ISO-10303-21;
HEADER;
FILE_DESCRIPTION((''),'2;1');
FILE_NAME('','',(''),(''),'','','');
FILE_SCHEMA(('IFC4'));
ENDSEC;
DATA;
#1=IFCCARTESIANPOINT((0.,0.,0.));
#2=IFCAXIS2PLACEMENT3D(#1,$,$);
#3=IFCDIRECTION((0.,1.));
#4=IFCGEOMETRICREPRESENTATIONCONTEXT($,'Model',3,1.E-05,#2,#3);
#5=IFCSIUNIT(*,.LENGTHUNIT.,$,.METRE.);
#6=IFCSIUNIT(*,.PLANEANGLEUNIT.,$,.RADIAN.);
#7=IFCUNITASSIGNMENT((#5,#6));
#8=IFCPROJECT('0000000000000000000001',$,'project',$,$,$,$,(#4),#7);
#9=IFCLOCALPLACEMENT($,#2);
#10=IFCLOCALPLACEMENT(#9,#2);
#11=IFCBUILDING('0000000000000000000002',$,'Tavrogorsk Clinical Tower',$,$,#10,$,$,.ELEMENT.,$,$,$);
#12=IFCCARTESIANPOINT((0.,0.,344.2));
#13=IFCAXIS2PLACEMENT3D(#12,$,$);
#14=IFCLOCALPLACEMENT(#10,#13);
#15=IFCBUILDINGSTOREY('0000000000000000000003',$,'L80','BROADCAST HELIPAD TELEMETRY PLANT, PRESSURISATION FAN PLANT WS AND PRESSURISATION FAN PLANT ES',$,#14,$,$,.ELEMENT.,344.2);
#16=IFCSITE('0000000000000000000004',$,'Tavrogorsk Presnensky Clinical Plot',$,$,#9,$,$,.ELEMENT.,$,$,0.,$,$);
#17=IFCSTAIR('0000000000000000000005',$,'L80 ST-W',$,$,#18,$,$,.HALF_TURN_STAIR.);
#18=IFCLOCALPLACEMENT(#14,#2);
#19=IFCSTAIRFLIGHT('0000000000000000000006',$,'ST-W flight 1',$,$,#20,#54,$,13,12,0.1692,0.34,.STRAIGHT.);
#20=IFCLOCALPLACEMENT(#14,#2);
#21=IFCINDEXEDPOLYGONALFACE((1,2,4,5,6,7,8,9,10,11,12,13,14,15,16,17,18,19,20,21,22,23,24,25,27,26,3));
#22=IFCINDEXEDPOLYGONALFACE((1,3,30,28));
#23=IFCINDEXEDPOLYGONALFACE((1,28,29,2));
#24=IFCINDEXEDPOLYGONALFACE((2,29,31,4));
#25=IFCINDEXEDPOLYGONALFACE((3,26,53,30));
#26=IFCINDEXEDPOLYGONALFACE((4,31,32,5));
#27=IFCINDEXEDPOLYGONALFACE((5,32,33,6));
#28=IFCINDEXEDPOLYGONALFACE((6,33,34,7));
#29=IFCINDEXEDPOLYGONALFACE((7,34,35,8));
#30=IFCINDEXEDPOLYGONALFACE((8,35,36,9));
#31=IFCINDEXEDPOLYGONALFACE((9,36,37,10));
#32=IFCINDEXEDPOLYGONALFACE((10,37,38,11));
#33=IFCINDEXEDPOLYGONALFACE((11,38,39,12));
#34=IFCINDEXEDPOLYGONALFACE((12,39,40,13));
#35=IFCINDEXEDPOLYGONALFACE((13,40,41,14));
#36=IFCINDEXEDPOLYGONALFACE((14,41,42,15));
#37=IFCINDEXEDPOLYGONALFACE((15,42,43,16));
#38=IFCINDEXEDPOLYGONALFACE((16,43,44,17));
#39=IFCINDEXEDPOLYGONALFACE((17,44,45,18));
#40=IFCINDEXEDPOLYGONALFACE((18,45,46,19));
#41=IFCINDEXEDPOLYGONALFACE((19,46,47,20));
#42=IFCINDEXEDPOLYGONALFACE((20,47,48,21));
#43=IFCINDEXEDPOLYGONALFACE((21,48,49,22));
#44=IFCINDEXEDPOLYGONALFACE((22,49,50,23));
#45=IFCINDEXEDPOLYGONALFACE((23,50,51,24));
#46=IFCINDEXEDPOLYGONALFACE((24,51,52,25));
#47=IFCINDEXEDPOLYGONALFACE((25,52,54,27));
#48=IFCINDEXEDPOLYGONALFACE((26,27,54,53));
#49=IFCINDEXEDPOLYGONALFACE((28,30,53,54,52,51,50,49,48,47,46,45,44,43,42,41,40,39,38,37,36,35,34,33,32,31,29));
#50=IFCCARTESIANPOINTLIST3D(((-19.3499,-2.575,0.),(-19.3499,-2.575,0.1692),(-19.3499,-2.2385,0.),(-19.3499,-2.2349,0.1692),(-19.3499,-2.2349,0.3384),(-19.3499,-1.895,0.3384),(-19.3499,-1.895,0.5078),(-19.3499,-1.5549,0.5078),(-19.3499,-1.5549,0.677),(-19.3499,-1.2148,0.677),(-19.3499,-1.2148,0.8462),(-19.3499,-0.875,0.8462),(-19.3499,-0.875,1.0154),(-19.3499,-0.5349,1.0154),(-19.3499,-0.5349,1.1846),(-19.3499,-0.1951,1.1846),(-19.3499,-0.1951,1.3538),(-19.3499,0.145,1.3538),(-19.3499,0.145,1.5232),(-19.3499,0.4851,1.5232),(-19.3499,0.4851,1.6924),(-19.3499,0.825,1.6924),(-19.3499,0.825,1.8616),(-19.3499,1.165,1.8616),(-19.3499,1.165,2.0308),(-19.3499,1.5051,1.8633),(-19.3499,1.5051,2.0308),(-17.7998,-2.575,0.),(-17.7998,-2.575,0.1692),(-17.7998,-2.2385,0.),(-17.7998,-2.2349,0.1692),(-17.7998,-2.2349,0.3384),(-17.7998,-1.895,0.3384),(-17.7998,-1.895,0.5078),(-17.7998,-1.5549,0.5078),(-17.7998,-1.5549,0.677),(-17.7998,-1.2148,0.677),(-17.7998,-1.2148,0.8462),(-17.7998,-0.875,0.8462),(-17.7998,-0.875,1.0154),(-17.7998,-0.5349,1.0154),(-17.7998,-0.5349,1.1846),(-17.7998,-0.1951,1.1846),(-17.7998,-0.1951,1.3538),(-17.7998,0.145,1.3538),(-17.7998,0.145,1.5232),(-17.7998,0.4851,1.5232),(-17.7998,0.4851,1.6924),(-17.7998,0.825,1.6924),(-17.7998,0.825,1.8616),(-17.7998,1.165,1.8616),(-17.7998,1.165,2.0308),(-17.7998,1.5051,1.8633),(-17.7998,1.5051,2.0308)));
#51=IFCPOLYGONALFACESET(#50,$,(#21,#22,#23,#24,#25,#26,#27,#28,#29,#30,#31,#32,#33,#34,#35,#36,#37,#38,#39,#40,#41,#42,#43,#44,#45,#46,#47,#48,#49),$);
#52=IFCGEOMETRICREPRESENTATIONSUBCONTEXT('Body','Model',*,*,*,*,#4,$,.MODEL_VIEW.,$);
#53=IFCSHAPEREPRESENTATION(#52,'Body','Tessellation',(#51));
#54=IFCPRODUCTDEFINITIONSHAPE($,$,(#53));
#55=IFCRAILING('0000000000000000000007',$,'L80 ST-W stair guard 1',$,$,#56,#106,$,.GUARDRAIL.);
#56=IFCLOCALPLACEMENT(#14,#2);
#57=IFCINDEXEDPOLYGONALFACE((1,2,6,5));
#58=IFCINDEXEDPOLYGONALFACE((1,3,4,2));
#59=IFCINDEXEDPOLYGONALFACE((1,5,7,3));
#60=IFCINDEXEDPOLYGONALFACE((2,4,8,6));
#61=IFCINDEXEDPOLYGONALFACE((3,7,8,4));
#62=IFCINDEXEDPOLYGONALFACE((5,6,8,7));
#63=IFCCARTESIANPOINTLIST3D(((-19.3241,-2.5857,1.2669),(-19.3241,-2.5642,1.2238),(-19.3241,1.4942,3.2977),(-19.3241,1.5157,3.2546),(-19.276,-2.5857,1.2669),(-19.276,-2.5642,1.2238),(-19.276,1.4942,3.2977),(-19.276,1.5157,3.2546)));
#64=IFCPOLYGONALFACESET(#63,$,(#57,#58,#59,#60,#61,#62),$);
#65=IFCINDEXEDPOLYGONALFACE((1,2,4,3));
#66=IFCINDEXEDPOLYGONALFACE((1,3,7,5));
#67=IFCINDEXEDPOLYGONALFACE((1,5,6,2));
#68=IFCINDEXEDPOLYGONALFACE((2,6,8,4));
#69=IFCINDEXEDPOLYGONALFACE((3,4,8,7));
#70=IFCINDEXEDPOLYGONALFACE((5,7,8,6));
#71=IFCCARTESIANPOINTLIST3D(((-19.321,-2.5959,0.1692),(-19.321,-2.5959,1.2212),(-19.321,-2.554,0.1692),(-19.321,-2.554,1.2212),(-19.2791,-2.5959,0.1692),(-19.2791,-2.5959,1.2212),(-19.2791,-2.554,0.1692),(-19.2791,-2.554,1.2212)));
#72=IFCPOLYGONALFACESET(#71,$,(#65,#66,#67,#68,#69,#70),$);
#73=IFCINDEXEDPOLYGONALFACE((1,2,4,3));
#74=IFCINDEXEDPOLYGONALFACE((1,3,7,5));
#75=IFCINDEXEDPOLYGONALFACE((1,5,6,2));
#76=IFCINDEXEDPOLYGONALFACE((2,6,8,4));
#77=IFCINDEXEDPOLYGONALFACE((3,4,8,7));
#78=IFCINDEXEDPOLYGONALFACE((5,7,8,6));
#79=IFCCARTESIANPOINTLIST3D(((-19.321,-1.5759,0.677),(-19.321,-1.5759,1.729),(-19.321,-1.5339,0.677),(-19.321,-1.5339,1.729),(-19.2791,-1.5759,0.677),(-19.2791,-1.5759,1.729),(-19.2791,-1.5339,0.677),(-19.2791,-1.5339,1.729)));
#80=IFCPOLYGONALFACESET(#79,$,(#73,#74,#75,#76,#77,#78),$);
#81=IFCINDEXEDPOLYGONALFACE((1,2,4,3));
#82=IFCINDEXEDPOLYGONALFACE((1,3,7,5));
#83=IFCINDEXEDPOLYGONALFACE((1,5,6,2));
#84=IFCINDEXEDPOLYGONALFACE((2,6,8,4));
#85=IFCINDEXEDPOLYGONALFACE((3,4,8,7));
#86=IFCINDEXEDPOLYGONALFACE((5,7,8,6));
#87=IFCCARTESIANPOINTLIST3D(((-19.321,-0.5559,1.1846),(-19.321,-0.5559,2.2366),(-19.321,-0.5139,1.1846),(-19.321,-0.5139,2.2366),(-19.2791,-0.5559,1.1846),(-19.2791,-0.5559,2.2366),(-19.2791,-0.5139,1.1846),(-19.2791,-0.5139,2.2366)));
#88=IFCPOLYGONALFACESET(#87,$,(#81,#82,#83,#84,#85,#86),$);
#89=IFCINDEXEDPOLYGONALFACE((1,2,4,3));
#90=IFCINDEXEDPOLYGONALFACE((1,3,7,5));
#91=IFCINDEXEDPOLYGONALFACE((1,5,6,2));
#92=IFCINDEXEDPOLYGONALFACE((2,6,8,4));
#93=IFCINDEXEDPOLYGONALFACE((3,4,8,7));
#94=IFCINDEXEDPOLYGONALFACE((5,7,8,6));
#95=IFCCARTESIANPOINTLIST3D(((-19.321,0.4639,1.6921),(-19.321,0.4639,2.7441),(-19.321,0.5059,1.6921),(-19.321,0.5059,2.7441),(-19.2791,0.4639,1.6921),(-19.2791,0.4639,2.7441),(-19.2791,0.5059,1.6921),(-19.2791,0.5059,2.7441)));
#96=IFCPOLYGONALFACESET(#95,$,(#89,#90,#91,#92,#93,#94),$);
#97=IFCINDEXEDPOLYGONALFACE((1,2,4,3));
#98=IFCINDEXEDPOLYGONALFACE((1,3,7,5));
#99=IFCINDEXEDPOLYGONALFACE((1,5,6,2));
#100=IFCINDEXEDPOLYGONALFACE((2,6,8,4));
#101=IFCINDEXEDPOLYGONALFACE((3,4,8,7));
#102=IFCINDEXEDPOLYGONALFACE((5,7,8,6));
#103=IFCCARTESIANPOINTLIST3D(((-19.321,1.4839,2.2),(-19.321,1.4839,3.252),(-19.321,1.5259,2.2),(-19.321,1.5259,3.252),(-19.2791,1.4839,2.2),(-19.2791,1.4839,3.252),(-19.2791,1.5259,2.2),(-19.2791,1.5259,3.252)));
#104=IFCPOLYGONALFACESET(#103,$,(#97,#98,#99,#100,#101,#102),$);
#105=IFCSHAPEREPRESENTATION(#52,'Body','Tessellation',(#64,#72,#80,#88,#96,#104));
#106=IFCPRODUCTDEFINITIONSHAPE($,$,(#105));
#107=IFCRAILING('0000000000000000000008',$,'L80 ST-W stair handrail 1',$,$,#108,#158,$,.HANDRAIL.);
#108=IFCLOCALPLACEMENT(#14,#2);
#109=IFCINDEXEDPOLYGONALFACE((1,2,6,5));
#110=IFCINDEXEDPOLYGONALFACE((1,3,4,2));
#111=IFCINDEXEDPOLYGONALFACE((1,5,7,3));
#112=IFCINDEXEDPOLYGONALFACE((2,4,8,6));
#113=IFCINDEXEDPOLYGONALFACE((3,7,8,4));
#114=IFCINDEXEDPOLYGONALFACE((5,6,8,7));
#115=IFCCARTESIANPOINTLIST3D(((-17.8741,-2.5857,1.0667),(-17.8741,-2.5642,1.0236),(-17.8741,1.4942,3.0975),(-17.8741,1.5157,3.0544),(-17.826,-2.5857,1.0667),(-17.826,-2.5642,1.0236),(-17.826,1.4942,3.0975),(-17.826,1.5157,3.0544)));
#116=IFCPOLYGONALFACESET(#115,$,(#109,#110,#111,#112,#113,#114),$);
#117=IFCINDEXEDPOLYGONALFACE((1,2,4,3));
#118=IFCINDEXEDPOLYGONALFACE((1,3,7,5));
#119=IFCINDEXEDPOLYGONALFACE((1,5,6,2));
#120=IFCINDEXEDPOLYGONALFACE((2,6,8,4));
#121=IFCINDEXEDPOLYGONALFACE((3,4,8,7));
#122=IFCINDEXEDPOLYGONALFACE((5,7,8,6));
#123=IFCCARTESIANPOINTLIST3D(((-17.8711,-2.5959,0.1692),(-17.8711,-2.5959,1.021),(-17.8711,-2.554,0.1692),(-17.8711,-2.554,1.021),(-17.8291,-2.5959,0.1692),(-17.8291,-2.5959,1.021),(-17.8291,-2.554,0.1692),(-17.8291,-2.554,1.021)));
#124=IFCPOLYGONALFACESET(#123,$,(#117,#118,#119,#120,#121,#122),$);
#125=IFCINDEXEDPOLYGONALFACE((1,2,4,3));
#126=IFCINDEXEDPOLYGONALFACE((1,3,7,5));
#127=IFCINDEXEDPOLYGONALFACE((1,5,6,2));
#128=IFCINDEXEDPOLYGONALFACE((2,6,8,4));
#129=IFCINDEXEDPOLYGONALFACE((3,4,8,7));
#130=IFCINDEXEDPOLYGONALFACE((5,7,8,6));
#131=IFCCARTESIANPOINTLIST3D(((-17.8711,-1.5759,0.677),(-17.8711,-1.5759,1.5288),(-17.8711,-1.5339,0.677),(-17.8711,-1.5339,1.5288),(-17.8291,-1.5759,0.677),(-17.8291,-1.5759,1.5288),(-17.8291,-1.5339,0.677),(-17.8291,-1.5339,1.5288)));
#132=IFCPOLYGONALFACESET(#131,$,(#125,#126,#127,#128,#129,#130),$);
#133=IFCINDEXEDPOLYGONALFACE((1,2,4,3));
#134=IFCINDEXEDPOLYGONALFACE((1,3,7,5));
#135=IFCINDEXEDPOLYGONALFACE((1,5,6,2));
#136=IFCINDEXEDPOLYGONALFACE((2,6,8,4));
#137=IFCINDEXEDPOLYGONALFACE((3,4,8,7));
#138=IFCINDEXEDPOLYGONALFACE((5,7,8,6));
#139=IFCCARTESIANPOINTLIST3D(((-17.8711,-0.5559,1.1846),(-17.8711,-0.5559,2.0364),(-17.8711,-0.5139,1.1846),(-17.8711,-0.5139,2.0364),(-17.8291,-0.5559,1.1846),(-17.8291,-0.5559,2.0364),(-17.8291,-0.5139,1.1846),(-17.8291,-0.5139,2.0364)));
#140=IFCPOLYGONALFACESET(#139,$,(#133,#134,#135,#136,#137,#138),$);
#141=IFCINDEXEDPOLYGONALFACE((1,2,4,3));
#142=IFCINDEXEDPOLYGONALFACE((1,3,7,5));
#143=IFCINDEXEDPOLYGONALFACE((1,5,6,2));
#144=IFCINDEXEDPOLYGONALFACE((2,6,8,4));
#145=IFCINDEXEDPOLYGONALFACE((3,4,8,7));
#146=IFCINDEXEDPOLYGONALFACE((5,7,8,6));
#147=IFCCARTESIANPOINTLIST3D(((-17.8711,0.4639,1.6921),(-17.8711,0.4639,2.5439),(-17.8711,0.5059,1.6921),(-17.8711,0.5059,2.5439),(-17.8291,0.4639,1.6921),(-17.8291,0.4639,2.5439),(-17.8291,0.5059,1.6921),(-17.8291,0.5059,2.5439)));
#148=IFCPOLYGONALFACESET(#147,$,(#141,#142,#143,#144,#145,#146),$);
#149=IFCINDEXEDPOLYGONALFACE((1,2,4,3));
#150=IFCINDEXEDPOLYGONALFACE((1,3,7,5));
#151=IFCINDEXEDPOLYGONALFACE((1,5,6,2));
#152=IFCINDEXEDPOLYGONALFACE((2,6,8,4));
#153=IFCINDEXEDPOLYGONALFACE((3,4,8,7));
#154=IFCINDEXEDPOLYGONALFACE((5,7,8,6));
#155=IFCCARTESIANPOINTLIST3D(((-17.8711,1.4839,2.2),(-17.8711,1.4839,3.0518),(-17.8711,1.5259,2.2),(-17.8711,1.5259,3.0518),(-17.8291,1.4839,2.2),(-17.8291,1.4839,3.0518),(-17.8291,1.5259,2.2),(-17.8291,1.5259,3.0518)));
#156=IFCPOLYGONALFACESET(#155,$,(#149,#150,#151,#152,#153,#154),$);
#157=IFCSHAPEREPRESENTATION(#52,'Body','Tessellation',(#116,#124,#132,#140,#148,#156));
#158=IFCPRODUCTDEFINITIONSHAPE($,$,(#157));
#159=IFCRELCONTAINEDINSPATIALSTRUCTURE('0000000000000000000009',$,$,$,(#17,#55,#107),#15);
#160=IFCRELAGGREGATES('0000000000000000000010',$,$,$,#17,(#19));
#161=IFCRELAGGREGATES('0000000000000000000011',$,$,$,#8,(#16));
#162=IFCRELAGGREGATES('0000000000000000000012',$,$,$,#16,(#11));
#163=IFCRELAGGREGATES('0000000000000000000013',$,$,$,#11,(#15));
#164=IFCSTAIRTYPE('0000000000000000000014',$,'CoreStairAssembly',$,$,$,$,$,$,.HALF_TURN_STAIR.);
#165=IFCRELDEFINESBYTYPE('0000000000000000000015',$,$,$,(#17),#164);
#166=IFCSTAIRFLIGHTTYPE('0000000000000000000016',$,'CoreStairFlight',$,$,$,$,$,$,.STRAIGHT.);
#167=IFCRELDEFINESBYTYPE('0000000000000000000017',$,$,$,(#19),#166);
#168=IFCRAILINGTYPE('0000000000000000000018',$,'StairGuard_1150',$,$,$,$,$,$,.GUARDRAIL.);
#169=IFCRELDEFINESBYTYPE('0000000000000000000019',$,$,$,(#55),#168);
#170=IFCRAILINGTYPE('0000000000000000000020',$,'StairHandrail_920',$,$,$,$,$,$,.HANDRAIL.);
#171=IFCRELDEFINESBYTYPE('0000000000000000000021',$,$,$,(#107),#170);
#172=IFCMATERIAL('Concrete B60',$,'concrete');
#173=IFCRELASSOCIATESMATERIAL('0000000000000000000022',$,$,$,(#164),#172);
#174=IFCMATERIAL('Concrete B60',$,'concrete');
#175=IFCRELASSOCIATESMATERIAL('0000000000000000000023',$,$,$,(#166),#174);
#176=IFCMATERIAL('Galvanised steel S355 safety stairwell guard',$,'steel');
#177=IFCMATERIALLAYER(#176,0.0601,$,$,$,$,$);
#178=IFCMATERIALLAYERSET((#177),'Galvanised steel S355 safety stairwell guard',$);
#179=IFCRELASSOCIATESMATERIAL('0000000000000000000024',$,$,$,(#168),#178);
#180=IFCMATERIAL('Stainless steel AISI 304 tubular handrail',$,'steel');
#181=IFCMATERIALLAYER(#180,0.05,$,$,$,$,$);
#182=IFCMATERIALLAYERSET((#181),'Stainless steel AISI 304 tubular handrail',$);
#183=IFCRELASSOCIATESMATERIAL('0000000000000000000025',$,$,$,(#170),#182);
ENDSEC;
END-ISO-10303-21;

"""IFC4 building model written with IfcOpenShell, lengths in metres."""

from ifc_helpers import new_model, si_unit, direction, frame, origin, origin_2d, place, context, subcontext, project, spatial, polyline, rectangle, outline, extrude, material, layer, layer_set, type_object, element, aggregate, save


model = new_model("IFC4")

# Units and contexts
model_context = context("Model", 3, precision=1e-05, world=origin(), true_north=direction((0.0, 1.0)))
body_context = subcontext(model_context, "Body", "Model", "MODEL_VIEW")
ifc_project = project(units=[si_unit("LENGTHUNIT", "METRE"), si_unit("PLANEANGLEUNIT", "RADIAN")], contexts=[model_context])

# Site, building, storey
site_placement = place(None, origin())
site = spatial("IfcSite", under=ifc_project, at=site_placement, Name="Tavrogorsk Presnensky Clinical Plot", CompositionType="ELEMENT", RefElevation=0.0)
building_placement = place(site_placement, origin())
building = spatial("IfcBuilding", under=site, at=building_placement, Name="Tavrogorsk Clinical Tower", CompositionType="ELEMENT")
storey_placement = place(building_placement, frame((0.0, 0.0, 344.2)))
storey = spatial("IfcBuildingStorey", under=building, at=storey_placement, Name="L80", Description="BROADCAST HELIPAD TELEMETRY PLANT, PRESSURISATION FAN PLANT WS AND PRESSURISATION FAN PLANT ES", CompositionType="ELEMENT", Elevation=344.2)

# Stair, stair flight
ifc_material_1 = material(Name="Concrete B60", Category="concrete")
stair_type = type_object("IfcStairType", Name="CoreStairAssembly", PredefinedType="HALF_TURN_STAIR", material=ifc_material_1)
stair_placement = place(storey_placement, origin())
stair = element("IfcStair", 1, at=stair_placement, inside=storey, type_object=stair_type, Name="L80 ST-W", PredefinedType="HALF_TURN_STAIR")
ifc_material_2 = material(Name="Concrete B60", Category="concrete")
stair_flight_type = type_object("IfcStairFlightType", Name="CoreStairFlight", PredefinedType="STRAIGHT", material=ifc_material_2)
stair_flight_placement = place(storey_placement, frame((-18.575, -2.575, 0.0), z_axis=(0.0, 0.0, 1.0), x_axis=(0.0, 1.0, 0.0)))
stair_flight = element("IfcStairFlight", 2, at=stair_flight_placement, type_object=stair_flight_type, Name="ST-W flight 1", NumberOfRisers=13, NumberOfTreads=12, PredefinedType="STRAIGHT", RiserHeight=0.1692, TreadLength=0.34, context=body_context, shape_type="SweptSolid", body=[
    extrude(outline(polyline([(0.0, 0.0), (0.0, 0.1692), (0.3401, 0.1692), (0.3401, 0.3384), (0.6799, 0.3384), (0.6799, 0.5078), (1.02, 0.5078), (1.02, 0.677), (1.3601, 0.677), (1.3601, 0.8462), (1.7, 0.8462), (1.7, 1.0154), (2.04, 1.0154), (2.04, 1.1846), (2.3799, 1.1846), (2.3799, 1.3538), (2.72, 1.3538), (2.72, 1.5232), (3.0601, 1.5232), (3.0601, 1.6924), (3.3999, 1.6924), (3.3999, 1.8616), (3.74, 1.8616), (3.74, 2.0308), (4.0801, 2.0308), (4.0801, 2.2), (4.0801, 1.8633), (0.3364, 0.0), (0.0, 0.0)])), frame((0.0, 0.7749, 0.0), z_axis=(0.0, -1.0, 0.0), x_axis=(1.0, 0.0, 0.0)), (0.0, 0.0, 1.0), 1.55),
])
aggregate(stair, [stair_flight])

# Railings
ifc_material_3 = material(Name="Galvanised steel S355 safety stairwell guard", Category="steel")
ifc_layer_1 = layer(ifc_material_3, 0.0601)
ifc_layer_set_1 = layer_set([ifc_layer_1], Name="Galvanised steel S355 safety stairwell guard")
railing_type_1 = type_object("IfcRailingType", Name="StairGuard_1150", PredefinedType="GUARDRAIL", material=ifc_layer_set_1)
railing_1_placement = place(storey_placement, frame((-19.3, -2.575, 0.1692)))
element("IfcRailing", 3, at=railing_1_placement, inside=storey, type_object=railing_type_1, Name="L80 ST-W stair guard 1", PredefinedType="GUARDRAIL", context=body_context, shape_type="SweptSolid", body=[
    extrude(rectangle(XDim=0.0481, YDim=0.0481, at=origin_2d()), frame((0.0, 0.0, 1.0762), z_axis=(0.0, 0.895229, 0.445606), x_axis=(-1.0, 0.0, 0.0)), (0.0, 0.0, 1.0), 4.5574),
    extrude(rectangle(XDim=0.042, YDim=0.042, at=origin_2d()), origin(), (0.0, 0.0, 1.0), 1.052),
    extrude(rectangle(XDim=0.042, YDim=0.042, at=origin_2d()), frame((0.0, 1.02, 0.5078)), (0.0, 0.0, 1.0), 1.052),
    extrude(rectangle(XDim=0.042, YDim=0.042, at=origin_2d()), frame((0.0, 2.04, 1.0154)), (0.0, 0.0, 1.0), 1.052),
    extrude(rectangle(XDim=0.042, YDim=0.042, at=origin_2d()), frame((0.0, 3.0598, 1.5229)), (0.0, 0.0, 1.0), 1.052),
    extrude(rectangle(XDim=0.042, YDim=0.042, at=origin_2d()), frame((0.0, 4.0798, 2.0308)), (0.0, 0.0, 1.0), 1.052),
])
ifc_material_4 = material(Name="Stainless steel AISI 304 tubular handrail", Category="steel")
ifc_layer_2 = layer(ifc_material_4, 0.05)
ifc_layer_set_2 = layer_set([ifc_layer_2], Name="Stainless steel AISI 304 tubular handrail")
railing_type_2 = type_object("IfcRailingType", Name="StairHandrail_920", PredefinedType="HANDRAIL", material=ifc_layer_set_2)
railing_2_placement = place(storey_placement, frame((-17.8501, -2.575, 0.1692)))
element("IfcRailing", 4, at=railing_2_placement, inside=storey, type_object=railing_type_2, Name="L80 ST-W stair handrail 1", PredefinedType="HANDRAIL", context=body_context, shape_type="SweptSolid", body=[
    extrude(rectangle(XDim=0.0481, YDim=0.0481, at=origin_2d()), frame((0.0, 0.0, 0.876), z_axis=(0.0, 0.895229, 0.445606), x_axis=(-1.0, 0.0, 0.0)), (0.0, 0.0, 1.0), 4.5574),
    extrude(rectangle(XDim=0.042, YDim=0.042, at=origin_2d()), origin(), (0.0, 0.0, 1.0), 0.8518),
    extrude(rectangle(XDim=0.042, YDim=0.042, at=origin_2d()), frame((0.0, 1.02, 0.5078)), (0.0, 0.0, 1.0), 0.8518),
    extrude(rectangle(XDim=0.042, YDim=0.042, at=origin_2d()), frame((0.0, 2.04, 1.0154)), (0.0, 0.0, 1.0), 0.8518),
    extrude(rectangle(XDim=0.042, YDim=0.042, at=origin_2d()), frame((0.0, 3.0598, 1.5229)), (0.0, 0.0, 1.0), 0.8518),
    extrude(rectangle(XDim=0.042, YDim=0.042, at=origin_2d()), frame((0.0, 4.0798, 2.0308)), (0.0, 0.0, 1.0), 0.8518),
])

save(model, "model.ifc")
